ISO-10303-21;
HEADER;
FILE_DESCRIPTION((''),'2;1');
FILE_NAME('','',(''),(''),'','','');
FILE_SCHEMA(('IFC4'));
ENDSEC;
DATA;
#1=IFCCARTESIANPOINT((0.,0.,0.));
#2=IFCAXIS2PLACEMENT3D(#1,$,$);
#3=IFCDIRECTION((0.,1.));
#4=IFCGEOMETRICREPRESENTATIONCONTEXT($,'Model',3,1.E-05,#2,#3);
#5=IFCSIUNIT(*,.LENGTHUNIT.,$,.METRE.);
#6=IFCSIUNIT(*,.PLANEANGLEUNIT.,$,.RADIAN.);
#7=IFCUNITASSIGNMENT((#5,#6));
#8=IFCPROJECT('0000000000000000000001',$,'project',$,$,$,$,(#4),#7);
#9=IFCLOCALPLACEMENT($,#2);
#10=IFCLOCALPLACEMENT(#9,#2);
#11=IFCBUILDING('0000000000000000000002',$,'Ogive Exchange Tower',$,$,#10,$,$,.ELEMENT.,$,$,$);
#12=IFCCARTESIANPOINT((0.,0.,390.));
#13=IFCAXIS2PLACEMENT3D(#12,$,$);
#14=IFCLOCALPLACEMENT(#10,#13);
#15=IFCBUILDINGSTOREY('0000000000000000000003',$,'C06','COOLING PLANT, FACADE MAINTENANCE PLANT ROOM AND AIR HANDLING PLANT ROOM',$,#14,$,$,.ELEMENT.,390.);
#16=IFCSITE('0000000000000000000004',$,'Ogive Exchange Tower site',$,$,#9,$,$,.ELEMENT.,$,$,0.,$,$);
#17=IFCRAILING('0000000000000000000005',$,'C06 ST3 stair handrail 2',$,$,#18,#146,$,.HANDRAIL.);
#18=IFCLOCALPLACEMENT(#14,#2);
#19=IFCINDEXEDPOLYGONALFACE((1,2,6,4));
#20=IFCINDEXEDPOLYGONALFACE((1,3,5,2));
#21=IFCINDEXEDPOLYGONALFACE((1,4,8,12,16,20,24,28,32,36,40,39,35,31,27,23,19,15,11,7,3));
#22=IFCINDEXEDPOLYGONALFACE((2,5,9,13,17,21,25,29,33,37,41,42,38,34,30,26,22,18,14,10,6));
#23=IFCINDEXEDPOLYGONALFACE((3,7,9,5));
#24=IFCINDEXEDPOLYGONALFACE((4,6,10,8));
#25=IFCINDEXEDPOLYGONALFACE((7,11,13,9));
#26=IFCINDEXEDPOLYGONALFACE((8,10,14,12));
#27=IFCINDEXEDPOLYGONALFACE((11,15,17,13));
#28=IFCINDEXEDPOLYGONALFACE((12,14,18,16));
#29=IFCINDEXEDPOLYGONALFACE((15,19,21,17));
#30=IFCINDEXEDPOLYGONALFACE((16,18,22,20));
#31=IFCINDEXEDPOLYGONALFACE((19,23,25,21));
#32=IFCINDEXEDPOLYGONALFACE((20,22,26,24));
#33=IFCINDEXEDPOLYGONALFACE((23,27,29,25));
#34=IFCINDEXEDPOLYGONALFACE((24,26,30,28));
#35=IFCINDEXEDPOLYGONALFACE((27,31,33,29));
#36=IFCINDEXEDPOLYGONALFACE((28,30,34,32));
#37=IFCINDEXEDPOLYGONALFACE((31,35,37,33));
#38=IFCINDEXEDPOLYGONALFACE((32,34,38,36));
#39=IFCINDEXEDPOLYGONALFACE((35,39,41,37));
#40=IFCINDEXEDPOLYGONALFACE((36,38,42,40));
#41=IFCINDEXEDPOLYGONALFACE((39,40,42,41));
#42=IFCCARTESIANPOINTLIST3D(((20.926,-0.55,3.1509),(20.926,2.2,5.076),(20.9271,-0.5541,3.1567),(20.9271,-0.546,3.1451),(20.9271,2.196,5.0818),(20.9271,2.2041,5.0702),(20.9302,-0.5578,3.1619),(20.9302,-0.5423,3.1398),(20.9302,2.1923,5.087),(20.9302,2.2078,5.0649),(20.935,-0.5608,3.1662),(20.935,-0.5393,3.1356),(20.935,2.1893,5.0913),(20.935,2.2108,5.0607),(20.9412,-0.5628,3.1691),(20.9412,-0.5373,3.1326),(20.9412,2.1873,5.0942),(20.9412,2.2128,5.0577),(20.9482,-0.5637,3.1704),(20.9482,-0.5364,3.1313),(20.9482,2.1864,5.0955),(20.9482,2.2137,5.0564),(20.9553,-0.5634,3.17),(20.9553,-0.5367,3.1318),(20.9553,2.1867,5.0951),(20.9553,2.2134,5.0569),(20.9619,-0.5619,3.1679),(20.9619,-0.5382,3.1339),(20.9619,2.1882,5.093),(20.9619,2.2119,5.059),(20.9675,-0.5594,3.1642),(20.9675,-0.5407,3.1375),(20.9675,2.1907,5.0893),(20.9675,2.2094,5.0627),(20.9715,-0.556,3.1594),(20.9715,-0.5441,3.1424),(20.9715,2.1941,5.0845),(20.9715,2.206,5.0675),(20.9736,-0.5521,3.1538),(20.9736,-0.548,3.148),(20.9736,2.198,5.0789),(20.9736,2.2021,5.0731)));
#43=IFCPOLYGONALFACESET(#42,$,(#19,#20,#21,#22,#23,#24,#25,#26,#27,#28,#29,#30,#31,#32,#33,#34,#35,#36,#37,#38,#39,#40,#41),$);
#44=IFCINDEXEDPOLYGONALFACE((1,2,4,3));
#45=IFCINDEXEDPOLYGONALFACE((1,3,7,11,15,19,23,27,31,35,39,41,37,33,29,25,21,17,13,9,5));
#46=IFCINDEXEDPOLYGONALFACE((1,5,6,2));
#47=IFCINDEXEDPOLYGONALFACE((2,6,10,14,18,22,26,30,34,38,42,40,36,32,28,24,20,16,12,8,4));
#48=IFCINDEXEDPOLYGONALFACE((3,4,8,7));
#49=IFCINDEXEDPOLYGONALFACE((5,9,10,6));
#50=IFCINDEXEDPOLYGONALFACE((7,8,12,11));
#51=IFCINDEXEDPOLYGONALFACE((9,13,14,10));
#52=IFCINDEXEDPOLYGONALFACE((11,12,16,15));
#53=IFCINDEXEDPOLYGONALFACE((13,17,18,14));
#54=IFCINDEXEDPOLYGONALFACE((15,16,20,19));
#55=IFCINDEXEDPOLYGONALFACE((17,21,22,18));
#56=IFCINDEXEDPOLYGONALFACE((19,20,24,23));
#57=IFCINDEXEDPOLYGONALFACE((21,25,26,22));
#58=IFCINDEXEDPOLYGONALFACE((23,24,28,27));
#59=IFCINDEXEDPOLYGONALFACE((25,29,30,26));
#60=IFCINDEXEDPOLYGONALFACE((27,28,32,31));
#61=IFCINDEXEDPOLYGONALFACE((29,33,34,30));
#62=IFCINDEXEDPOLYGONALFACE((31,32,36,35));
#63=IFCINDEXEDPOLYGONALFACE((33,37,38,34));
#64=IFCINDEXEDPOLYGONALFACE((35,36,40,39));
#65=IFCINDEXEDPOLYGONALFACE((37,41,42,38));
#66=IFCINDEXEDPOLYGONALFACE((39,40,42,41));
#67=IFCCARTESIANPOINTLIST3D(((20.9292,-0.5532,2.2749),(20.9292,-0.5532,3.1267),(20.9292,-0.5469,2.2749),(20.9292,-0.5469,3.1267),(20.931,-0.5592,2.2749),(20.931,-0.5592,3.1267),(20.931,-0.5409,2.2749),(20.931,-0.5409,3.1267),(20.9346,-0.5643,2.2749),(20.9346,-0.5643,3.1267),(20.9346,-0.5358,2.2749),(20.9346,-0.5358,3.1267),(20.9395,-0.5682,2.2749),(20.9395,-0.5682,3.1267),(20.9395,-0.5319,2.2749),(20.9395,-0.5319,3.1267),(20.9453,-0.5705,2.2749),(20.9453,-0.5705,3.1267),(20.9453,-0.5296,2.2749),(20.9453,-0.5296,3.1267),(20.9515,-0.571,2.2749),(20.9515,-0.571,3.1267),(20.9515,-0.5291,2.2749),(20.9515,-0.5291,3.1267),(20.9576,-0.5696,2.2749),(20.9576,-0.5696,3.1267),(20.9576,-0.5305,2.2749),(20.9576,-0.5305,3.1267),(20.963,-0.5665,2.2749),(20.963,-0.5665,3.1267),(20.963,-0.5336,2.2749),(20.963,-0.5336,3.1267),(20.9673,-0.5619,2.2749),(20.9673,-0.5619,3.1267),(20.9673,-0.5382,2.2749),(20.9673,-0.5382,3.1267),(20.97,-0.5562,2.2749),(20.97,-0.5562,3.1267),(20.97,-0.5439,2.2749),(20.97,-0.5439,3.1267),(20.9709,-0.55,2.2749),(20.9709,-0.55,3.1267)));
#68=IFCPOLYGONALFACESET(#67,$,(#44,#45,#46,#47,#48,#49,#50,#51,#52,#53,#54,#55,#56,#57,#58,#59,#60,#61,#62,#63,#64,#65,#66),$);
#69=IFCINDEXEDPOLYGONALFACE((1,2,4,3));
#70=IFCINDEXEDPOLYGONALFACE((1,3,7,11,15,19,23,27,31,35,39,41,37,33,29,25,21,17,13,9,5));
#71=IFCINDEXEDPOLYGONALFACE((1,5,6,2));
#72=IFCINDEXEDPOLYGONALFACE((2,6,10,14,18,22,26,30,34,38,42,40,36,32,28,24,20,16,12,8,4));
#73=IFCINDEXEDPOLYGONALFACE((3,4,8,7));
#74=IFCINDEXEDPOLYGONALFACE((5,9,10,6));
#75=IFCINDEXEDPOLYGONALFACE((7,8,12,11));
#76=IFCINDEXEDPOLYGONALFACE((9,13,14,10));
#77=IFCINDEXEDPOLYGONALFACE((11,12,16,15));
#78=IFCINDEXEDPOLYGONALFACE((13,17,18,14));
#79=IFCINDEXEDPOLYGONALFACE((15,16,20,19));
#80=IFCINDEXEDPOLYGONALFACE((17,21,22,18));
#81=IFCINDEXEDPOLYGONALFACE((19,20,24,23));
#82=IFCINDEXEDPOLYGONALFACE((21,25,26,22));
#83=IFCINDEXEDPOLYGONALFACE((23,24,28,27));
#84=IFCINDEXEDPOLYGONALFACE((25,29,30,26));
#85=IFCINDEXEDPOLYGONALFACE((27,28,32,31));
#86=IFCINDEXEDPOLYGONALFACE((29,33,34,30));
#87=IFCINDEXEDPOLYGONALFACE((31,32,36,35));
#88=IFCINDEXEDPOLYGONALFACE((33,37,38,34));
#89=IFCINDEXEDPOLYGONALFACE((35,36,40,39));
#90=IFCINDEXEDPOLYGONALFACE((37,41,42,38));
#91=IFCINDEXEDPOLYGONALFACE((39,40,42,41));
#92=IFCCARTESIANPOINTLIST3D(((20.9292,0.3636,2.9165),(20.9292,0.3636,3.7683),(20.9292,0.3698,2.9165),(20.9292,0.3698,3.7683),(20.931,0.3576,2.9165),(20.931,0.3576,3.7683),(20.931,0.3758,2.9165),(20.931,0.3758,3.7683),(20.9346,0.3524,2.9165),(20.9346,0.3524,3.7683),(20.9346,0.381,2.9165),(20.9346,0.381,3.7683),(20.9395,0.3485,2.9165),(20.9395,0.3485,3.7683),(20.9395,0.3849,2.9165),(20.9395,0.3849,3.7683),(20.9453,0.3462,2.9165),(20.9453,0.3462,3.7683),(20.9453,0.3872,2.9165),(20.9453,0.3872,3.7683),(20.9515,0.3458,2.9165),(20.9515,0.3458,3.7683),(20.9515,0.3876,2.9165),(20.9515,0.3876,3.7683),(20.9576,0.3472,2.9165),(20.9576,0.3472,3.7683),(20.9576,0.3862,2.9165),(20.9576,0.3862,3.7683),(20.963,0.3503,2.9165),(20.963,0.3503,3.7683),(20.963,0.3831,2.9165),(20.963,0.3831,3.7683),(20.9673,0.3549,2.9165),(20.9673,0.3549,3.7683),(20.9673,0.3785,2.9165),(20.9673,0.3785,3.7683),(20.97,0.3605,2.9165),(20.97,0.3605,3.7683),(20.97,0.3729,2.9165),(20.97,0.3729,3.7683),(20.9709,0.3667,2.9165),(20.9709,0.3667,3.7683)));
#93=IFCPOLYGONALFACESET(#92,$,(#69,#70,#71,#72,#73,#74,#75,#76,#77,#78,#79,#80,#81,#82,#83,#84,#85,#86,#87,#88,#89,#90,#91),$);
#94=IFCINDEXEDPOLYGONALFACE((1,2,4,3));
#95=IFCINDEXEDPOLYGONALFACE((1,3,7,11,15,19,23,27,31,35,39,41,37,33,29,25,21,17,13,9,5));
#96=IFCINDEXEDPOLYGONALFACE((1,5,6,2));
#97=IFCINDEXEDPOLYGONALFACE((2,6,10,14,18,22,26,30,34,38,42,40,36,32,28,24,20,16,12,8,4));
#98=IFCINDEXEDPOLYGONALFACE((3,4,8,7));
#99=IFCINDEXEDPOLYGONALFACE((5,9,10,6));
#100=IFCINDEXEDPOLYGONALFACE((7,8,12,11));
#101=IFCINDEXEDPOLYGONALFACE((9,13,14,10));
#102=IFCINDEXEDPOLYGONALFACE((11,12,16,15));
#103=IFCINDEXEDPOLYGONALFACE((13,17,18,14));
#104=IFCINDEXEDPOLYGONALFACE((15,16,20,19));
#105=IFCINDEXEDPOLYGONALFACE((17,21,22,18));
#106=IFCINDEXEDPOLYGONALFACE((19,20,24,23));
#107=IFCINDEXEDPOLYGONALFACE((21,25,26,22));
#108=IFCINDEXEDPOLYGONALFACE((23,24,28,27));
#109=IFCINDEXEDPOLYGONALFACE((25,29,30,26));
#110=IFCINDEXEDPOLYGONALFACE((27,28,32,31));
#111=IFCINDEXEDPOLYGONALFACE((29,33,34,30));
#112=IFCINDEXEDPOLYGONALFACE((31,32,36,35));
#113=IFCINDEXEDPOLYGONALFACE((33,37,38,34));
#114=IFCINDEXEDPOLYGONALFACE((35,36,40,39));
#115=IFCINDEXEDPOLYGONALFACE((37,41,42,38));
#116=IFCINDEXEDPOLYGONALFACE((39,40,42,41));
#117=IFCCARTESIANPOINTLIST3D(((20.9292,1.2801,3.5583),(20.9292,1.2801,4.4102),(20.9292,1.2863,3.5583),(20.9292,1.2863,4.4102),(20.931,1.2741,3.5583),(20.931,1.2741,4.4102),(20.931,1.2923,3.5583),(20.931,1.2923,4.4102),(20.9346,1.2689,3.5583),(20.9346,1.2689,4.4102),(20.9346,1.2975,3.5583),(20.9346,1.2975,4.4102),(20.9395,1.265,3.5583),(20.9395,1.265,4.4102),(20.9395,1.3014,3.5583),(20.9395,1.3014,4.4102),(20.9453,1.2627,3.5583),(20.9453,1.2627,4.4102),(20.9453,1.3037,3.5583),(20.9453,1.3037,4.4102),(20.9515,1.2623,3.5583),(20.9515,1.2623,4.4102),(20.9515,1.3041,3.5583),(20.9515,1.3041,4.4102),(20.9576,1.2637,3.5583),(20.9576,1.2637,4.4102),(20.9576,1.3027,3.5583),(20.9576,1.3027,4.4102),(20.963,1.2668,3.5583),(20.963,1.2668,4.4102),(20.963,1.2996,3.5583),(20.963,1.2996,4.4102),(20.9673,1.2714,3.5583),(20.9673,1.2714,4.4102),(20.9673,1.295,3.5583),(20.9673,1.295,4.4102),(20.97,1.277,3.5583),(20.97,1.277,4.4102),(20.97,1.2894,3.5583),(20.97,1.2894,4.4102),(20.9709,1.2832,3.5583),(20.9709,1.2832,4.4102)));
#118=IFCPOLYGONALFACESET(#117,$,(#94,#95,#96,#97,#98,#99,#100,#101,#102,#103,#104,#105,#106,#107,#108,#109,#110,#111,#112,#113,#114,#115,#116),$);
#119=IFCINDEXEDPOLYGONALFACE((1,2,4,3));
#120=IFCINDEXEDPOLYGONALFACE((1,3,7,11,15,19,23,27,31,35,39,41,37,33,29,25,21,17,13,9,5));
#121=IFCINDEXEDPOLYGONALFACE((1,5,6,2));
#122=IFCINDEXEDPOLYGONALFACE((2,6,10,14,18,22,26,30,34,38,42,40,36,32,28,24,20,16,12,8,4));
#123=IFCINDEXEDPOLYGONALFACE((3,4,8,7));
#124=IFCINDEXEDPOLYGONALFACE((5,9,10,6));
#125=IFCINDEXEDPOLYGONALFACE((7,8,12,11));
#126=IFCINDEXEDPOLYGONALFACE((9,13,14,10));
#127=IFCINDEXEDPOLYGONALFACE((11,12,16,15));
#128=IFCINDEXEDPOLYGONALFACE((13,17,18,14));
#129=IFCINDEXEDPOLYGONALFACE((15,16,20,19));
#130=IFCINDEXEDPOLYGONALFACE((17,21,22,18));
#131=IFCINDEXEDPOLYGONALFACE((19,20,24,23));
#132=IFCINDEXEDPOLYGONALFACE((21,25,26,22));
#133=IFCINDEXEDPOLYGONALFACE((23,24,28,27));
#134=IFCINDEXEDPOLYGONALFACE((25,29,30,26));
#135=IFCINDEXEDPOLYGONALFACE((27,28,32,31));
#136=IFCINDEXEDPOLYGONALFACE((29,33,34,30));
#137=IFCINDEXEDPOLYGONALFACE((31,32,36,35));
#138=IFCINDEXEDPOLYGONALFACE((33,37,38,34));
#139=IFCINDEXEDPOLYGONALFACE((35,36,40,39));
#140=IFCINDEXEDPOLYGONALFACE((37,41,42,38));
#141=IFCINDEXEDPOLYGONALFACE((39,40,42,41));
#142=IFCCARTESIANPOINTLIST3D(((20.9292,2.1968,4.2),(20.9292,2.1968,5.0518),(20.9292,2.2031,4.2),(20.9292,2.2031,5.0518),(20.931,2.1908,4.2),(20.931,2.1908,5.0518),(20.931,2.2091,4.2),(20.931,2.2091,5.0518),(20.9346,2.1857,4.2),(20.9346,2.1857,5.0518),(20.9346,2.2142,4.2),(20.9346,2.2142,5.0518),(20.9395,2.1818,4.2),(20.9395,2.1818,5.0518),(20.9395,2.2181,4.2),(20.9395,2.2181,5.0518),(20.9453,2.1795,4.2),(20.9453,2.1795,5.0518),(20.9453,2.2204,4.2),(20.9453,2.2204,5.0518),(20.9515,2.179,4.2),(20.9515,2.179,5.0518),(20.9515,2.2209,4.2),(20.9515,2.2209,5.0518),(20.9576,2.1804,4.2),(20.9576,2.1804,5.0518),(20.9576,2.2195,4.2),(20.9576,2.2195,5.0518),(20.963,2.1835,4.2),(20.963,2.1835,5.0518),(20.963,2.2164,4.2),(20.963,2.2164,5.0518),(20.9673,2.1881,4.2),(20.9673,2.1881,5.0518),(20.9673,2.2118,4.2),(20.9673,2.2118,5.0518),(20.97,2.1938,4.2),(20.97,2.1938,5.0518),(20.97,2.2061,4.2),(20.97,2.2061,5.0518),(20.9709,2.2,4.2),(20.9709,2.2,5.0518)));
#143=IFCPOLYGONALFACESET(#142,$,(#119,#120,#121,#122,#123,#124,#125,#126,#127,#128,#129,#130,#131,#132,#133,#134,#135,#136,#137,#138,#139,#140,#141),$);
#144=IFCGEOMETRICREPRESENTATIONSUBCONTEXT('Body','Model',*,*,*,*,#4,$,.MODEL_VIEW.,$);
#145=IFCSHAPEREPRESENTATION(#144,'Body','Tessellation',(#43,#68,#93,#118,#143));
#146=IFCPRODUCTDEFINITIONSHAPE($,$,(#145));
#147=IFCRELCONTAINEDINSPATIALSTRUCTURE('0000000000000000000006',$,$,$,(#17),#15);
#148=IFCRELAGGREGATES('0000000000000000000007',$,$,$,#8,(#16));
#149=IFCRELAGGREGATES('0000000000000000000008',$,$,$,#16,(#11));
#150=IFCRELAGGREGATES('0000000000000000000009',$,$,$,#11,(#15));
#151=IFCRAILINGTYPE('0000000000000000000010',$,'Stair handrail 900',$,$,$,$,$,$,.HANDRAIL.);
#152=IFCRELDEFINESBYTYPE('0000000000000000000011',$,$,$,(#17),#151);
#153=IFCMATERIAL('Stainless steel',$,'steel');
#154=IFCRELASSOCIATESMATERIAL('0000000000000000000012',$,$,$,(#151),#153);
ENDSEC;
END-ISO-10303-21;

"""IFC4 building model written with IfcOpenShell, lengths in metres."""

from ifc_helpers import new_model, si_unit, direction, frame, origin, origin_2d, place, context, subcontext, project, spatial, circle, extrude, material, type_object, element, save


model = new_model("IFC4")

# Units and contexts
model_context = context("Model", 3, precision=1e-05, world=origin(), true_north=direction((0.0, 1.0)))
body_context = subcontext(model_context, "Body", "Model", "MODEL_VIEW")
ifc_project = project(units=[si_unit("LENGTHUNIT", "METRE"), si_unit("PLANEANGLEUNIT", "RADIAN")], contexts=[model_context])

# Site, building, storey
site_placement = place(None, origin())
site = spatial("IfcSite", under=ifc_project, at=site_placement, Name="Ogive Exchange Tower site", CompositionType="ELEMENT", RefElevation=0.0)
building_placement = place(site_placement, origin())
building = spatial("IfcBuilding", under=site, at=building_placement, Name="Ogive Exchange Tower", CompositionType="ELEMENT")
storey_placement = place(building_placement, frame((0.0, 0.0, 390.0)))
storey = spatial("IfcBuildingStorey", under=building, at=storey_placement, Name="C06", Description="COOLING PLANT, FACADE MAINTENANCE PLANT ROOM AND AIR HANDLING PLANT ROOM", CompositionType="ELEMENT", Elevation=390.0)

# Shared definitions
ifc_material_1 = material(Name="Stainless steel", Category="steel")

# Railing
railing_type = type_object("IfcRailingType", Name="Stair handrail 900", PredefinedType="HANDRAIL", material=ifc_material_1)
railing_1_placement = place(storey_placement, frame((20.95, -0.55, 2.2749)))
element("IfcRailing", 1, at=railing_1_placement, inside=storey, type_object=railing_type, Name="C06 ST3 stair handrail 2", PredefinedType="HANDRAIL", context=body_context, shape_type="SweptSolid", body=[
    extrude(circle(Radius=0.0239, at=origin_2d()), frame((0.0, 0.0, 0.876), z_axis=(0.0, 0.819225, 0.573472), x_axis=(-1.0, 0.0, 0.0)), (0.0, 0.0, 1.0), 3.3569),
    extrude(circle(Radius=0.021, at=origin_2d()), origin(), (0.0, 0.0, 1.0), 0.8518),
    extrude(circle(Radius=0.021, at=origin_2d()), frame((0.0, 0.9167, 0.6416)), (0.0, 0.0, 1.0), 0.8518),
    extrude(circle(Radius=0.021, at=origin_2d()), frame((0.0, 1.8333, 1.2834)), (0.0, 0.0, 1.0), 0.8518),
    extrude(circle(Radius=0.021, at=origin_2d()), frame((0.0, 2.75, 1.925)), (0.0, 0.0, 1.0), 0.8518),
])

save(model, "model.ifc")
